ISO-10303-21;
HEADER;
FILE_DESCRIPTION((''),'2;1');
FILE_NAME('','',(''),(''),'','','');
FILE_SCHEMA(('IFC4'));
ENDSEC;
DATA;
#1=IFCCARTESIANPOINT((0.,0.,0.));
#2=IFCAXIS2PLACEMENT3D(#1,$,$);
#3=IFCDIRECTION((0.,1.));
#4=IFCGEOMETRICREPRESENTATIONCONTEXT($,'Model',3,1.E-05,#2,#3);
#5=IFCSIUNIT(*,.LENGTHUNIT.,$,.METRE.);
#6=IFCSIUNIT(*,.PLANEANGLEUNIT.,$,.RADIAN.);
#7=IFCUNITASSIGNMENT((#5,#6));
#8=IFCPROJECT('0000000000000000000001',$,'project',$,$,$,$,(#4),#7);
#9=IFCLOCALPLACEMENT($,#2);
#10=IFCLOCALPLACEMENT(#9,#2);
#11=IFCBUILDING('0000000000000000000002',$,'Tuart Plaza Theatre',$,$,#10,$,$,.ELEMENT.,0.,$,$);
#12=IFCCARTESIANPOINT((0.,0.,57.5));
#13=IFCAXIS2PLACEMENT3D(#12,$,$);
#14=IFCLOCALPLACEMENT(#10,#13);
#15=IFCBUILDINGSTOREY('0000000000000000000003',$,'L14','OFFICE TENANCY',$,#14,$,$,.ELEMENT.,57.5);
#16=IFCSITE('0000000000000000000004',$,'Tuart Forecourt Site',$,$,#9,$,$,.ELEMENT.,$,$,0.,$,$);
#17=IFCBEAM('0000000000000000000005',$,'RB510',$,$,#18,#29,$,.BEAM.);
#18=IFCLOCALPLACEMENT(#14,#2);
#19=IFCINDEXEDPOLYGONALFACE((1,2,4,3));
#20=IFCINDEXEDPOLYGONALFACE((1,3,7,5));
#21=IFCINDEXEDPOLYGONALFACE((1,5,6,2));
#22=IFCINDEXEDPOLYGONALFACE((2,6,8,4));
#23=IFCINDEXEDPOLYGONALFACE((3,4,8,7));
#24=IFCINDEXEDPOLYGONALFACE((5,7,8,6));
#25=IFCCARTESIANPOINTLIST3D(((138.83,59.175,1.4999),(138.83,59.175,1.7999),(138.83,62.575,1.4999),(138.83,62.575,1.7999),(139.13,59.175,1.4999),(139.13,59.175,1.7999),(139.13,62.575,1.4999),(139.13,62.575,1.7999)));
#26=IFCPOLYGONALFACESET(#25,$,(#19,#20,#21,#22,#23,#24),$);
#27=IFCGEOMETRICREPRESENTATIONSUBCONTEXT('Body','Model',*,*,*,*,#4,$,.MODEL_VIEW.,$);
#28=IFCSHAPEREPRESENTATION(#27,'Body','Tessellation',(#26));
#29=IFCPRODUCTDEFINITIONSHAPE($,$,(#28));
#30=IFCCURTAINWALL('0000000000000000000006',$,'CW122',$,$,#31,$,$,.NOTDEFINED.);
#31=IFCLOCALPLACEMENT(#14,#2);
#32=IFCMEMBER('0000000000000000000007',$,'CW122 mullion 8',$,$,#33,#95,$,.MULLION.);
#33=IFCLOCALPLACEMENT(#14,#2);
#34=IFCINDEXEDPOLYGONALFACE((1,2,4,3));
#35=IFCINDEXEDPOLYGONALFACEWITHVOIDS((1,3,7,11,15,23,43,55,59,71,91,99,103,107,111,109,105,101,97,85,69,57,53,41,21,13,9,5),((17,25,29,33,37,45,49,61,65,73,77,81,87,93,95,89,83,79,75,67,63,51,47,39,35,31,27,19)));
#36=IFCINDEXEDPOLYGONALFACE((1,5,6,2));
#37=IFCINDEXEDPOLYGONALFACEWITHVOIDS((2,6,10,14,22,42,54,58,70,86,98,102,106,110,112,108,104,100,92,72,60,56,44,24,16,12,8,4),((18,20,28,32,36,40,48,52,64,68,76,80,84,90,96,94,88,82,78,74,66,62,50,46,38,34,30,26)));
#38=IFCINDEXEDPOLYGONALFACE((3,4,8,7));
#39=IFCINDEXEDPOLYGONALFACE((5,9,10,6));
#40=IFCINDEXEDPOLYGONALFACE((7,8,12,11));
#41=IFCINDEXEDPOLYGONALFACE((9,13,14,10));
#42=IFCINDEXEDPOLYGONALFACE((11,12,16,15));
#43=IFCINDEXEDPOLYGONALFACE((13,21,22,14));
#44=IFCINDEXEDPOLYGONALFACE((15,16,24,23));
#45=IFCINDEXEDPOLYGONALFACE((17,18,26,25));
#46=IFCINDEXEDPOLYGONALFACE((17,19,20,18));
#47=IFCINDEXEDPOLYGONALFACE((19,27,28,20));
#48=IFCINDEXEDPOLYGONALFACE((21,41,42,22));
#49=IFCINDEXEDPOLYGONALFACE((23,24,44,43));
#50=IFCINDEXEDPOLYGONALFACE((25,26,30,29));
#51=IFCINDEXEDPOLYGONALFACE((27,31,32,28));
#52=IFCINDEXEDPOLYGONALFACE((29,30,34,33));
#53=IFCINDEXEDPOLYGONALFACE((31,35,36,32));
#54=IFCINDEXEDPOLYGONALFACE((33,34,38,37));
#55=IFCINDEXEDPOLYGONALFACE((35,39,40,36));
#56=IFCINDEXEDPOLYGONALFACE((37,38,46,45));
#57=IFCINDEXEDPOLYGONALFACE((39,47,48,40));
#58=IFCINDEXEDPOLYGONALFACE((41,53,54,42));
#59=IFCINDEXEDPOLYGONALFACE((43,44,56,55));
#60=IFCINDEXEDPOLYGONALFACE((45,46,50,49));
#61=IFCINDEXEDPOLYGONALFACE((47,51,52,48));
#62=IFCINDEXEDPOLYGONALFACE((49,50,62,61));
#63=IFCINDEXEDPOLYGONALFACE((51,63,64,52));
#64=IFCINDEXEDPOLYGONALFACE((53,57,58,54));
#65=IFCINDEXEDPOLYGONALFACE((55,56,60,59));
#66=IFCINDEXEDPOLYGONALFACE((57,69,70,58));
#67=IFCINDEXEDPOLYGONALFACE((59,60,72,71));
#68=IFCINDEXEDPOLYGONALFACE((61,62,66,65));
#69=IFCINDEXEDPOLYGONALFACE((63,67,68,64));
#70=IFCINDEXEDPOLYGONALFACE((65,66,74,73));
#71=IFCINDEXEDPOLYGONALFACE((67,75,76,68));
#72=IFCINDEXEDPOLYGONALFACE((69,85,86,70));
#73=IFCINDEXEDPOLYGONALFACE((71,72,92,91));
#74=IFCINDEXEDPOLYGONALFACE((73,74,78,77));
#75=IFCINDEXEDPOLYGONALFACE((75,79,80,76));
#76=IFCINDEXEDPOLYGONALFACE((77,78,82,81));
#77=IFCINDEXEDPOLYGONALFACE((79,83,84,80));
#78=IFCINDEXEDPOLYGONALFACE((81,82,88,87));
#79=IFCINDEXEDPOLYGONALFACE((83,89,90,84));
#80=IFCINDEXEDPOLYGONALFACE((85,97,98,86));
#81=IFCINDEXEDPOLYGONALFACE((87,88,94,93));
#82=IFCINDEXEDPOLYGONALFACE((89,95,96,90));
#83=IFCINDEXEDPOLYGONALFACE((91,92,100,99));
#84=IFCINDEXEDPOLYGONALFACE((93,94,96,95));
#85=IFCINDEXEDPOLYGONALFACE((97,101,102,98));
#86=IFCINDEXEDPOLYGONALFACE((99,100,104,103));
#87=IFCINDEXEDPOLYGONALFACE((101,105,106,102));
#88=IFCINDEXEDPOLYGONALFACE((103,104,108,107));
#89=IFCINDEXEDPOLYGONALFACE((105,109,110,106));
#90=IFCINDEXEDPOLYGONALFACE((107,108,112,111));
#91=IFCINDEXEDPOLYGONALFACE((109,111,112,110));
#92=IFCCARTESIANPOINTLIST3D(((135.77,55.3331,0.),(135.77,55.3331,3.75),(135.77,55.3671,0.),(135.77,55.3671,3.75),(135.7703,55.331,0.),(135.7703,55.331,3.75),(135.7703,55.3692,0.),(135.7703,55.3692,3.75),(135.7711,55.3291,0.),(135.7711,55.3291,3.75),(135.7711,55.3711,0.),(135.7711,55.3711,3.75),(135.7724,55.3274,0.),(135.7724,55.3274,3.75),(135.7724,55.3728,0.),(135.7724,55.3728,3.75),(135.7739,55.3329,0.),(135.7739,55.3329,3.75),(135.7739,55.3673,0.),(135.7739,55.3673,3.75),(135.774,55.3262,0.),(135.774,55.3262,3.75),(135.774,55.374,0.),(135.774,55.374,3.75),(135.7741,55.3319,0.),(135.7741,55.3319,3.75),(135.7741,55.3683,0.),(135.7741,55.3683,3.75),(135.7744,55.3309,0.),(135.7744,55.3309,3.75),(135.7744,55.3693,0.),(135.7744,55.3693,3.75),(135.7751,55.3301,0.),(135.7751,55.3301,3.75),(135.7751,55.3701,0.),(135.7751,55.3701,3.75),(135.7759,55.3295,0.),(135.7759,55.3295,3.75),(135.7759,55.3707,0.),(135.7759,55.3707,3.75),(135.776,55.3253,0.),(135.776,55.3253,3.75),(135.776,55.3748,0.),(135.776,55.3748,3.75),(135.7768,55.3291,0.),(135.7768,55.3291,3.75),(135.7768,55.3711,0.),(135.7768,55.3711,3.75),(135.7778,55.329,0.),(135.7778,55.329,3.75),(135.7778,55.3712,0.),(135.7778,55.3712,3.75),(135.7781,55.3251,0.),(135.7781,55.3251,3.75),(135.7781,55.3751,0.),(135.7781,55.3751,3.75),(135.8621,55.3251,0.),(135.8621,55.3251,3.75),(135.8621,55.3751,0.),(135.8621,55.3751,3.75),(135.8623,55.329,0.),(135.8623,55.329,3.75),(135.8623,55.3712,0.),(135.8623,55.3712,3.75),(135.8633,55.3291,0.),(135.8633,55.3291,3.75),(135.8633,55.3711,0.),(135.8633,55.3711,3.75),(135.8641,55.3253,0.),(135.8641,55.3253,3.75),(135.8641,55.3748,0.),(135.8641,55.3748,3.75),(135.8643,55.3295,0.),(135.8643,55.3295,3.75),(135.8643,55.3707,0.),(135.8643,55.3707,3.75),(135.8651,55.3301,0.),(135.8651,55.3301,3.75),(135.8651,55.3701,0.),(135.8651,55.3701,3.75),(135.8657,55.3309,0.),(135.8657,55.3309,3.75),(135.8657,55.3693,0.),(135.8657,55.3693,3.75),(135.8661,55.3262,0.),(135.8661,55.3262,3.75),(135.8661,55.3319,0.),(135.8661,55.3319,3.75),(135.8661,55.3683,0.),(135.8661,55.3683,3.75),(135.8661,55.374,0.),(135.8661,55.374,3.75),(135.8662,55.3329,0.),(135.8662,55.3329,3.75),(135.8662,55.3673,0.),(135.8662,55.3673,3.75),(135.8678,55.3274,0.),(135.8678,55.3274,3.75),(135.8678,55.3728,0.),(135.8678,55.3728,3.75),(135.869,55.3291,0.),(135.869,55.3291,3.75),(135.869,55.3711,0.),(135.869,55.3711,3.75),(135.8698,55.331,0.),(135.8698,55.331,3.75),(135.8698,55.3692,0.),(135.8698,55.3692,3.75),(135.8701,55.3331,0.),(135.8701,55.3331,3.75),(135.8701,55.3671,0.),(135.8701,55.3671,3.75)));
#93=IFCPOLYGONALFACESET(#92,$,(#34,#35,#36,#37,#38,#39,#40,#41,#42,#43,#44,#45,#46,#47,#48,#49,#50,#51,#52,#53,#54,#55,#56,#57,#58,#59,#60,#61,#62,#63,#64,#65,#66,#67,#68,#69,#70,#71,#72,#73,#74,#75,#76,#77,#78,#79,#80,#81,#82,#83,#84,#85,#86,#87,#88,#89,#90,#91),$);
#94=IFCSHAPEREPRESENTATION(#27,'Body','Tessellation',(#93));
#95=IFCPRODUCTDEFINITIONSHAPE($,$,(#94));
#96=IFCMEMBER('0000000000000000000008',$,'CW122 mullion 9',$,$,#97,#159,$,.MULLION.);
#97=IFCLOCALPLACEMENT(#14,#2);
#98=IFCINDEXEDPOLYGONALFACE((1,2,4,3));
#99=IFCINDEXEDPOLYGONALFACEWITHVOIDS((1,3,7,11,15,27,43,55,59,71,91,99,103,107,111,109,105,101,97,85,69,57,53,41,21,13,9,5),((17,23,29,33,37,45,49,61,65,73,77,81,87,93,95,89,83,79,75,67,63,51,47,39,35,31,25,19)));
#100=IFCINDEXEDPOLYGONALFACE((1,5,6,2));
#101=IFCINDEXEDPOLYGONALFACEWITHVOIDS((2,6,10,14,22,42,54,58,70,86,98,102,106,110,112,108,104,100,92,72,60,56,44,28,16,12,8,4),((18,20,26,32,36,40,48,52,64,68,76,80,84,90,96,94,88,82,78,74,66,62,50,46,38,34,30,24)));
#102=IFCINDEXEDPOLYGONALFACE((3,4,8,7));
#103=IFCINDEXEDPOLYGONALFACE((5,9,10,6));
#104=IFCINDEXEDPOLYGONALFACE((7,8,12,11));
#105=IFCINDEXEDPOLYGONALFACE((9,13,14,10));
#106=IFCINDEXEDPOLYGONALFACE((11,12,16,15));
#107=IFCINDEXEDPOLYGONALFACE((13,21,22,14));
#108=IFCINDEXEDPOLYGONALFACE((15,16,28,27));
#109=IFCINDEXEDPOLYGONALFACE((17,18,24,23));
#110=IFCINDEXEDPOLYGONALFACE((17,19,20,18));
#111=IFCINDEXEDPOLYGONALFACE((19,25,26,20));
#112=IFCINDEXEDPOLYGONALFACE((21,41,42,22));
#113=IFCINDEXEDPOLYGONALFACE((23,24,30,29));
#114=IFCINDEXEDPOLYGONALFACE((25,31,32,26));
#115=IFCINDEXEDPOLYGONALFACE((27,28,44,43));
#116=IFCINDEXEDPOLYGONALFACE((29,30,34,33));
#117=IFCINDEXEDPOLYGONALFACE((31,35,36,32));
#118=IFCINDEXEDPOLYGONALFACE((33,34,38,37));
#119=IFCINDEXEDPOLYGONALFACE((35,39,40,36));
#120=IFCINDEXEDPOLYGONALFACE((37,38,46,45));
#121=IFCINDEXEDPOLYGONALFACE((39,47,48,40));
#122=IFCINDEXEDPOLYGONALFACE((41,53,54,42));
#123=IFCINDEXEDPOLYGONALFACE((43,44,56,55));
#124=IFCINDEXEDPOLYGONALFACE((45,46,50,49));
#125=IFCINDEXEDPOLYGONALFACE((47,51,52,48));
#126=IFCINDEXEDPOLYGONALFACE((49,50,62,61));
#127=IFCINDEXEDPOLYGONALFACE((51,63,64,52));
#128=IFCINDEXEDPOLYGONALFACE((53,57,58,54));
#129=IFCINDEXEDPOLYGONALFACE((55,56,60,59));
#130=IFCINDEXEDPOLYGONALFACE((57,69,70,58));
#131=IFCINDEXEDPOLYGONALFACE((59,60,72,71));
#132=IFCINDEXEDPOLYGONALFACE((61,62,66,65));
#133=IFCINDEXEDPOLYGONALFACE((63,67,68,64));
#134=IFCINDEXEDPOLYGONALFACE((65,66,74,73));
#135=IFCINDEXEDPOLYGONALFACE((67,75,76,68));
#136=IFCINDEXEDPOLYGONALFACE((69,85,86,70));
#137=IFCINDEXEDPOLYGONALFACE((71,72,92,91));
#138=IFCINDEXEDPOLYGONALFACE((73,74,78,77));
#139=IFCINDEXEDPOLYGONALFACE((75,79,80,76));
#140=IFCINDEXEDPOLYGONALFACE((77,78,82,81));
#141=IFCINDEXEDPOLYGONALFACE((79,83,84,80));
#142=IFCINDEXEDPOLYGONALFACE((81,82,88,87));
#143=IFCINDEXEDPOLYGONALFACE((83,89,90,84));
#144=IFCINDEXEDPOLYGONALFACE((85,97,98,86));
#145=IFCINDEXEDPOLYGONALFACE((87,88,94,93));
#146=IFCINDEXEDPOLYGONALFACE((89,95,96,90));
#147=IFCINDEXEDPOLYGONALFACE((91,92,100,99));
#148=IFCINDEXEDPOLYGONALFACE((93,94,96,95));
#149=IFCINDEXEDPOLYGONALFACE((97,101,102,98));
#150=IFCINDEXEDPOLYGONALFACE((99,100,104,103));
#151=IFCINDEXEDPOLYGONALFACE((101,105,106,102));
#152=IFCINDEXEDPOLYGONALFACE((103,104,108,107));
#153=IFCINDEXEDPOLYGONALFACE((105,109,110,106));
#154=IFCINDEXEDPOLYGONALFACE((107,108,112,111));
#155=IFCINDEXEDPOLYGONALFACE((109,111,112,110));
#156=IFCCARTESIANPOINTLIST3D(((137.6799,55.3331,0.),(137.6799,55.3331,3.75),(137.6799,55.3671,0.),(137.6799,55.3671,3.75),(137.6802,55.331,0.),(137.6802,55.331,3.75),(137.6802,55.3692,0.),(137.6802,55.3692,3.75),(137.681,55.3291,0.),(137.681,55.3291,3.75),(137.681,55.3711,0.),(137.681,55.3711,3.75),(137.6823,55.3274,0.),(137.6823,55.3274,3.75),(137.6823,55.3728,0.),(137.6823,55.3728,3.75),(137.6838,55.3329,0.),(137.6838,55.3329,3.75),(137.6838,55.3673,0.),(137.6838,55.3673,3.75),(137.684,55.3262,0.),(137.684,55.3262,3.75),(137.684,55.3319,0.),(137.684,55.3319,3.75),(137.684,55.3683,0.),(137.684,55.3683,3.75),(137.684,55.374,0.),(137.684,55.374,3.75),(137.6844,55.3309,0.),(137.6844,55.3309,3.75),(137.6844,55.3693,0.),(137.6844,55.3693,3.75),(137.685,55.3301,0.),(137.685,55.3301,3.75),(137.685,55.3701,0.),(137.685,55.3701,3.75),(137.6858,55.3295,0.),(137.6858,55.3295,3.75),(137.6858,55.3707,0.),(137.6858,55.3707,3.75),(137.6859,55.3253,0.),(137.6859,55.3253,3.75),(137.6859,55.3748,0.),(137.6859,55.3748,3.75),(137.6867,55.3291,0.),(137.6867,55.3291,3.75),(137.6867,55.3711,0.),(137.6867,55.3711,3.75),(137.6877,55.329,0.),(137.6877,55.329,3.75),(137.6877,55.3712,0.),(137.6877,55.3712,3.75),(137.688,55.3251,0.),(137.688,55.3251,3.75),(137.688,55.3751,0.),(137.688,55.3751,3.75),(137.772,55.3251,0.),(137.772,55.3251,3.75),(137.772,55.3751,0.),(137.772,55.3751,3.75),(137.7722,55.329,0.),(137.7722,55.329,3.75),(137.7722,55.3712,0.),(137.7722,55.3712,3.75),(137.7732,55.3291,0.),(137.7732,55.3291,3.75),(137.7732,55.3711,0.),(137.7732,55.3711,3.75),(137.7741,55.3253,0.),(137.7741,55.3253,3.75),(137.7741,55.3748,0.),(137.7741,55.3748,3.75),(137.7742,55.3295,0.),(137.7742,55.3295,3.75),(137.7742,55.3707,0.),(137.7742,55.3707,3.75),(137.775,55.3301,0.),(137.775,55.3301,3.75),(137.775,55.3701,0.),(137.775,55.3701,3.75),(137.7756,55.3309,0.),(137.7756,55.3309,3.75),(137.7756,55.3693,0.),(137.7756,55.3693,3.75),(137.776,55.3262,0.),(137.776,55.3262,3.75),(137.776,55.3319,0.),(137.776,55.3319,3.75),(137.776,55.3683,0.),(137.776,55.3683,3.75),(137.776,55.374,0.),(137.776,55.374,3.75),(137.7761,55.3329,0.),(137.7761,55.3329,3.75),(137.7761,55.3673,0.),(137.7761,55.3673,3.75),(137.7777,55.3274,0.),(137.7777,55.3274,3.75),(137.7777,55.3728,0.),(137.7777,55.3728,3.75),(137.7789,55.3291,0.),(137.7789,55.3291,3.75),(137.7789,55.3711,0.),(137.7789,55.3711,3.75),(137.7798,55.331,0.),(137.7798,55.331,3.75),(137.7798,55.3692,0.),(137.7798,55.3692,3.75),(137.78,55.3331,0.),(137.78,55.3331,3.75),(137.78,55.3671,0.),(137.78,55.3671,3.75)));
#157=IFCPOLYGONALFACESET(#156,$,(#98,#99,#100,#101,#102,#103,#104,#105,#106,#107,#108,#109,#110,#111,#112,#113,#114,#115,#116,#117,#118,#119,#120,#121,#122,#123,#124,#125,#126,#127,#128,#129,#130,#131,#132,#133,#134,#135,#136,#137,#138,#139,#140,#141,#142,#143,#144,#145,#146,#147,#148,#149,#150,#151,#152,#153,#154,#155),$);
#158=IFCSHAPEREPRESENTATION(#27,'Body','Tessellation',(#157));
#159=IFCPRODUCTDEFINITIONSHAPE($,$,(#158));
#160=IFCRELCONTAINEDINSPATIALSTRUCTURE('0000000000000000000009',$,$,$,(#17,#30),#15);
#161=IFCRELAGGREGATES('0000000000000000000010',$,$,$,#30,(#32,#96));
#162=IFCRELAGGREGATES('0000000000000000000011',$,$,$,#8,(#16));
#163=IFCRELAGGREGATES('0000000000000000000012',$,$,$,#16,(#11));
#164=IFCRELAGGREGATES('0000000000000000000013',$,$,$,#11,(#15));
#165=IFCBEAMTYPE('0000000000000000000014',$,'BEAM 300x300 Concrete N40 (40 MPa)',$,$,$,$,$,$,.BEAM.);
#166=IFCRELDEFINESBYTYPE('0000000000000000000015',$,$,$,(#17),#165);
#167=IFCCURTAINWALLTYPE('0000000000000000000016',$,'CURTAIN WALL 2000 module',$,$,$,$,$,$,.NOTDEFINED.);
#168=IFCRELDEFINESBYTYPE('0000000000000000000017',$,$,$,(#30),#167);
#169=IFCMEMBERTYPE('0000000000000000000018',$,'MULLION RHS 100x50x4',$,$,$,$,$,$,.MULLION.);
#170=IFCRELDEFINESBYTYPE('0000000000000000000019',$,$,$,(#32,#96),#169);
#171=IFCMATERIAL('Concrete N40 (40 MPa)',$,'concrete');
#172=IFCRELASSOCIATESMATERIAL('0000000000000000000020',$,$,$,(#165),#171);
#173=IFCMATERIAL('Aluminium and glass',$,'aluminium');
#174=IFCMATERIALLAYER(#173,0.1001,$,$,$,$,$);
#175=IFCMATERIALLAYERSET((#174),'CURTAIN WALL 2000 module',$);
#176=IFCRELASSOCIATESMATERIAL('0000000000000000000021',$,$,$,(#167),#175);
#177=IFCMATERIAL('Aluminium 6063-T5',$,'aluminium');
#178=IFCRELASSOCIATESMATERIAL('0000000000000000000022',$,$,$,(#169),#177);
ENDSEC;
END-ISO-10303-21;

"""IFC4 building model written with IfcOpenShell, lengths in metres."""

from ifc_helpers import new_model, si_unit, direction, frame, origin, origin_2d, place, context, subcontext, project, spatial, rectangle, hollow_rectangle, extrude, material, layer, layer_set, material_profile, profile_set, type_object, element, aggregate, save


model = new_model("IFC4")

# Units and contexts
model_context = context("Model", 3, precision=1e-05, world=origin(), true_north=direction((0.0, 1.0)))
body_context = subcontext(model_context, "Body", "Model", "MODEL_VIEW")
ifc_project = project(units=[si_unit("LENGTHUNIT", "METRE"), si_unit("PLANEANGLEUNIT", "RADIAN")], contexts=[model_context])

# Site, building, storey
site_placement = place(None, origin())
site = spatial("IfcSite", under=ifc_project, at=site_placement, Name="Tuart Forecourt Site", CompositionType="ELEMENT", RefElevation=0.0)
building_placement = place(site_placement, origin())
building = spatial("IfcBuilding", under=site, at=building_placement, Name="Tuart Plaza Theatre", CompositionType="ELEMENT", ElevationOfRefHeight=0.0)
storey_placement = place(building_placement, frame((0.0, 0.0, 57.5)))
storey = spatial("IfcBuildingStorey", under=building, at=storey_placement, Name="L14", Description="OFFICE TENANCY", CompositionType="ELEMENT", Elevation=57.5)

# Beam
ifc_material_1 = material(Name="Concrete N40 (40 MPa)", Category="concrete")
ifc_material_profile_1 = material_profile(ifc_material_1, rectangle(XDim=0.3, YDim=0.3, at=origin_2d()), Name="BEAM 300x300 Concrete N40 (40 MPa)")
ifc_profile_set_1 = profile_set([ifc_material_profile_1], Name="Concrete N40 (40 MPa)")
beam_type = type_object("IfcBeamType", Name="BEAM 300x300 Concrete N40 (40 MPa)", PredefinedType="BEAM", material=ifc_profile_set_1)
beam_placement = place(storey_placement, frame((138.98, 59.175, 1.6499), z_axis=(0.0, 1.0, 0.0), x_axis=(-1.0, 0.0, 0.0)))
element("IfcBeam", 1, at=beam_placement, inside=storey, type_object=beam_type, Name="RB510", PredefinedType="BEAM", context=body_context, shape_type="SweptSolid", body=[
    extrude(rectangle(XDim=0.3, YDim=0.3, at=origin_2d()), origin(), (0.0, 0.0, 1.0), 3.3999),
])

# Curtain wall, members
ifc_material_2 = material(Name="Aluminium and glass", Category="aluminium")
ifc_layer_1 = layer(ifc_material_2, 0.1001)
ifc_layer_set_1 = layer_set([ifc_layer_1], Name="CURTAIN WALL 2000 module")
curtain_wall_type = type_object("IfcCurtainWallType", Name="CURTAIN WALL 2000 module", PredefinedType="NOTDEFINED", material=ifc_layer_set_1)
curtain_wall_placement = place(storey_placement, origin())
curtain_wall = element("IfcCurtainWall", 2, at=curtain_wall_placement, inside=storey, type_object=curtain_wall_type, Name="CW122", PredefinedType="NOTDEFINED")
ifc_material_3 = material(Name="Aluminium 6063-T5", Category="aluminium")
ifc_material_profile_2 = material_profile(ifc_material_3, hollow_rectangle(XDim=0.05, YDim=0.1001, WallThickness=0.0039, InnerFilletRadius=0.0039, OuterFilletRadius=0.0081, at=origin_2d()), Name="RHS 100x50x4")
ifc_profile_set_2 = profile_set([ifc_material_profile_2], Name="Aluminium 6063-T5")
member_type_1 = type_object("IfcMemberType", Name="MULLION RHS 100x50x4", PredefinedType="MULLION", material=ifc_profile_set_2)
member_1_placement = place(storey_placement, frame((135.8201, 55.3501, 0.0), z_axis=(0.0, 0.0, 1.0), x_axis=(0.0, 1.0, 0.0)))
member_1 = element("IfcMember", 3, at=member_1_placement, type_object=member_type_1, Name="CW122 mullion 8", PredefinedType="MULLION", context=body_context, shape_type="SweptSolid", body=[
    extrude(hollow_rectangle(XDim=0.05, YDim=0.1001, WallThickness=0.0039, InnerFilletRadius=0.0039, OuterFilletRadius=0.0081, at=origin_2d()), origin(), (0.0, 0.0, 1.0), 3.75),
])
member_2_placement = place(storey_placement, frame((137.73, 55.3501, 0.0), z_axis=(0.0, 0.0, 1.0), x_axis=(0.0, 1.0, 0.0)))
member_2 = element("IfcMember", 4, at=member_2_placement, type_object=member_type_1, Name="CW122 mullion 9", PredefinedType="MULLION", context=body_context, shape_type="SweptSolid", body=[
    extrude(hollow_rectangle(XDim=0.05, YDim=0.1001, WallThickness=0.0039, InnerFilletRadius=0.0039, OuterFilletRadius=0.0081, at=origin_2d()), origin(), (0.0, 0.0, 1.0), 3.75),
])
aggregate(curtain_wall, [member_1, member_2])

save(model, "model.ifc")
